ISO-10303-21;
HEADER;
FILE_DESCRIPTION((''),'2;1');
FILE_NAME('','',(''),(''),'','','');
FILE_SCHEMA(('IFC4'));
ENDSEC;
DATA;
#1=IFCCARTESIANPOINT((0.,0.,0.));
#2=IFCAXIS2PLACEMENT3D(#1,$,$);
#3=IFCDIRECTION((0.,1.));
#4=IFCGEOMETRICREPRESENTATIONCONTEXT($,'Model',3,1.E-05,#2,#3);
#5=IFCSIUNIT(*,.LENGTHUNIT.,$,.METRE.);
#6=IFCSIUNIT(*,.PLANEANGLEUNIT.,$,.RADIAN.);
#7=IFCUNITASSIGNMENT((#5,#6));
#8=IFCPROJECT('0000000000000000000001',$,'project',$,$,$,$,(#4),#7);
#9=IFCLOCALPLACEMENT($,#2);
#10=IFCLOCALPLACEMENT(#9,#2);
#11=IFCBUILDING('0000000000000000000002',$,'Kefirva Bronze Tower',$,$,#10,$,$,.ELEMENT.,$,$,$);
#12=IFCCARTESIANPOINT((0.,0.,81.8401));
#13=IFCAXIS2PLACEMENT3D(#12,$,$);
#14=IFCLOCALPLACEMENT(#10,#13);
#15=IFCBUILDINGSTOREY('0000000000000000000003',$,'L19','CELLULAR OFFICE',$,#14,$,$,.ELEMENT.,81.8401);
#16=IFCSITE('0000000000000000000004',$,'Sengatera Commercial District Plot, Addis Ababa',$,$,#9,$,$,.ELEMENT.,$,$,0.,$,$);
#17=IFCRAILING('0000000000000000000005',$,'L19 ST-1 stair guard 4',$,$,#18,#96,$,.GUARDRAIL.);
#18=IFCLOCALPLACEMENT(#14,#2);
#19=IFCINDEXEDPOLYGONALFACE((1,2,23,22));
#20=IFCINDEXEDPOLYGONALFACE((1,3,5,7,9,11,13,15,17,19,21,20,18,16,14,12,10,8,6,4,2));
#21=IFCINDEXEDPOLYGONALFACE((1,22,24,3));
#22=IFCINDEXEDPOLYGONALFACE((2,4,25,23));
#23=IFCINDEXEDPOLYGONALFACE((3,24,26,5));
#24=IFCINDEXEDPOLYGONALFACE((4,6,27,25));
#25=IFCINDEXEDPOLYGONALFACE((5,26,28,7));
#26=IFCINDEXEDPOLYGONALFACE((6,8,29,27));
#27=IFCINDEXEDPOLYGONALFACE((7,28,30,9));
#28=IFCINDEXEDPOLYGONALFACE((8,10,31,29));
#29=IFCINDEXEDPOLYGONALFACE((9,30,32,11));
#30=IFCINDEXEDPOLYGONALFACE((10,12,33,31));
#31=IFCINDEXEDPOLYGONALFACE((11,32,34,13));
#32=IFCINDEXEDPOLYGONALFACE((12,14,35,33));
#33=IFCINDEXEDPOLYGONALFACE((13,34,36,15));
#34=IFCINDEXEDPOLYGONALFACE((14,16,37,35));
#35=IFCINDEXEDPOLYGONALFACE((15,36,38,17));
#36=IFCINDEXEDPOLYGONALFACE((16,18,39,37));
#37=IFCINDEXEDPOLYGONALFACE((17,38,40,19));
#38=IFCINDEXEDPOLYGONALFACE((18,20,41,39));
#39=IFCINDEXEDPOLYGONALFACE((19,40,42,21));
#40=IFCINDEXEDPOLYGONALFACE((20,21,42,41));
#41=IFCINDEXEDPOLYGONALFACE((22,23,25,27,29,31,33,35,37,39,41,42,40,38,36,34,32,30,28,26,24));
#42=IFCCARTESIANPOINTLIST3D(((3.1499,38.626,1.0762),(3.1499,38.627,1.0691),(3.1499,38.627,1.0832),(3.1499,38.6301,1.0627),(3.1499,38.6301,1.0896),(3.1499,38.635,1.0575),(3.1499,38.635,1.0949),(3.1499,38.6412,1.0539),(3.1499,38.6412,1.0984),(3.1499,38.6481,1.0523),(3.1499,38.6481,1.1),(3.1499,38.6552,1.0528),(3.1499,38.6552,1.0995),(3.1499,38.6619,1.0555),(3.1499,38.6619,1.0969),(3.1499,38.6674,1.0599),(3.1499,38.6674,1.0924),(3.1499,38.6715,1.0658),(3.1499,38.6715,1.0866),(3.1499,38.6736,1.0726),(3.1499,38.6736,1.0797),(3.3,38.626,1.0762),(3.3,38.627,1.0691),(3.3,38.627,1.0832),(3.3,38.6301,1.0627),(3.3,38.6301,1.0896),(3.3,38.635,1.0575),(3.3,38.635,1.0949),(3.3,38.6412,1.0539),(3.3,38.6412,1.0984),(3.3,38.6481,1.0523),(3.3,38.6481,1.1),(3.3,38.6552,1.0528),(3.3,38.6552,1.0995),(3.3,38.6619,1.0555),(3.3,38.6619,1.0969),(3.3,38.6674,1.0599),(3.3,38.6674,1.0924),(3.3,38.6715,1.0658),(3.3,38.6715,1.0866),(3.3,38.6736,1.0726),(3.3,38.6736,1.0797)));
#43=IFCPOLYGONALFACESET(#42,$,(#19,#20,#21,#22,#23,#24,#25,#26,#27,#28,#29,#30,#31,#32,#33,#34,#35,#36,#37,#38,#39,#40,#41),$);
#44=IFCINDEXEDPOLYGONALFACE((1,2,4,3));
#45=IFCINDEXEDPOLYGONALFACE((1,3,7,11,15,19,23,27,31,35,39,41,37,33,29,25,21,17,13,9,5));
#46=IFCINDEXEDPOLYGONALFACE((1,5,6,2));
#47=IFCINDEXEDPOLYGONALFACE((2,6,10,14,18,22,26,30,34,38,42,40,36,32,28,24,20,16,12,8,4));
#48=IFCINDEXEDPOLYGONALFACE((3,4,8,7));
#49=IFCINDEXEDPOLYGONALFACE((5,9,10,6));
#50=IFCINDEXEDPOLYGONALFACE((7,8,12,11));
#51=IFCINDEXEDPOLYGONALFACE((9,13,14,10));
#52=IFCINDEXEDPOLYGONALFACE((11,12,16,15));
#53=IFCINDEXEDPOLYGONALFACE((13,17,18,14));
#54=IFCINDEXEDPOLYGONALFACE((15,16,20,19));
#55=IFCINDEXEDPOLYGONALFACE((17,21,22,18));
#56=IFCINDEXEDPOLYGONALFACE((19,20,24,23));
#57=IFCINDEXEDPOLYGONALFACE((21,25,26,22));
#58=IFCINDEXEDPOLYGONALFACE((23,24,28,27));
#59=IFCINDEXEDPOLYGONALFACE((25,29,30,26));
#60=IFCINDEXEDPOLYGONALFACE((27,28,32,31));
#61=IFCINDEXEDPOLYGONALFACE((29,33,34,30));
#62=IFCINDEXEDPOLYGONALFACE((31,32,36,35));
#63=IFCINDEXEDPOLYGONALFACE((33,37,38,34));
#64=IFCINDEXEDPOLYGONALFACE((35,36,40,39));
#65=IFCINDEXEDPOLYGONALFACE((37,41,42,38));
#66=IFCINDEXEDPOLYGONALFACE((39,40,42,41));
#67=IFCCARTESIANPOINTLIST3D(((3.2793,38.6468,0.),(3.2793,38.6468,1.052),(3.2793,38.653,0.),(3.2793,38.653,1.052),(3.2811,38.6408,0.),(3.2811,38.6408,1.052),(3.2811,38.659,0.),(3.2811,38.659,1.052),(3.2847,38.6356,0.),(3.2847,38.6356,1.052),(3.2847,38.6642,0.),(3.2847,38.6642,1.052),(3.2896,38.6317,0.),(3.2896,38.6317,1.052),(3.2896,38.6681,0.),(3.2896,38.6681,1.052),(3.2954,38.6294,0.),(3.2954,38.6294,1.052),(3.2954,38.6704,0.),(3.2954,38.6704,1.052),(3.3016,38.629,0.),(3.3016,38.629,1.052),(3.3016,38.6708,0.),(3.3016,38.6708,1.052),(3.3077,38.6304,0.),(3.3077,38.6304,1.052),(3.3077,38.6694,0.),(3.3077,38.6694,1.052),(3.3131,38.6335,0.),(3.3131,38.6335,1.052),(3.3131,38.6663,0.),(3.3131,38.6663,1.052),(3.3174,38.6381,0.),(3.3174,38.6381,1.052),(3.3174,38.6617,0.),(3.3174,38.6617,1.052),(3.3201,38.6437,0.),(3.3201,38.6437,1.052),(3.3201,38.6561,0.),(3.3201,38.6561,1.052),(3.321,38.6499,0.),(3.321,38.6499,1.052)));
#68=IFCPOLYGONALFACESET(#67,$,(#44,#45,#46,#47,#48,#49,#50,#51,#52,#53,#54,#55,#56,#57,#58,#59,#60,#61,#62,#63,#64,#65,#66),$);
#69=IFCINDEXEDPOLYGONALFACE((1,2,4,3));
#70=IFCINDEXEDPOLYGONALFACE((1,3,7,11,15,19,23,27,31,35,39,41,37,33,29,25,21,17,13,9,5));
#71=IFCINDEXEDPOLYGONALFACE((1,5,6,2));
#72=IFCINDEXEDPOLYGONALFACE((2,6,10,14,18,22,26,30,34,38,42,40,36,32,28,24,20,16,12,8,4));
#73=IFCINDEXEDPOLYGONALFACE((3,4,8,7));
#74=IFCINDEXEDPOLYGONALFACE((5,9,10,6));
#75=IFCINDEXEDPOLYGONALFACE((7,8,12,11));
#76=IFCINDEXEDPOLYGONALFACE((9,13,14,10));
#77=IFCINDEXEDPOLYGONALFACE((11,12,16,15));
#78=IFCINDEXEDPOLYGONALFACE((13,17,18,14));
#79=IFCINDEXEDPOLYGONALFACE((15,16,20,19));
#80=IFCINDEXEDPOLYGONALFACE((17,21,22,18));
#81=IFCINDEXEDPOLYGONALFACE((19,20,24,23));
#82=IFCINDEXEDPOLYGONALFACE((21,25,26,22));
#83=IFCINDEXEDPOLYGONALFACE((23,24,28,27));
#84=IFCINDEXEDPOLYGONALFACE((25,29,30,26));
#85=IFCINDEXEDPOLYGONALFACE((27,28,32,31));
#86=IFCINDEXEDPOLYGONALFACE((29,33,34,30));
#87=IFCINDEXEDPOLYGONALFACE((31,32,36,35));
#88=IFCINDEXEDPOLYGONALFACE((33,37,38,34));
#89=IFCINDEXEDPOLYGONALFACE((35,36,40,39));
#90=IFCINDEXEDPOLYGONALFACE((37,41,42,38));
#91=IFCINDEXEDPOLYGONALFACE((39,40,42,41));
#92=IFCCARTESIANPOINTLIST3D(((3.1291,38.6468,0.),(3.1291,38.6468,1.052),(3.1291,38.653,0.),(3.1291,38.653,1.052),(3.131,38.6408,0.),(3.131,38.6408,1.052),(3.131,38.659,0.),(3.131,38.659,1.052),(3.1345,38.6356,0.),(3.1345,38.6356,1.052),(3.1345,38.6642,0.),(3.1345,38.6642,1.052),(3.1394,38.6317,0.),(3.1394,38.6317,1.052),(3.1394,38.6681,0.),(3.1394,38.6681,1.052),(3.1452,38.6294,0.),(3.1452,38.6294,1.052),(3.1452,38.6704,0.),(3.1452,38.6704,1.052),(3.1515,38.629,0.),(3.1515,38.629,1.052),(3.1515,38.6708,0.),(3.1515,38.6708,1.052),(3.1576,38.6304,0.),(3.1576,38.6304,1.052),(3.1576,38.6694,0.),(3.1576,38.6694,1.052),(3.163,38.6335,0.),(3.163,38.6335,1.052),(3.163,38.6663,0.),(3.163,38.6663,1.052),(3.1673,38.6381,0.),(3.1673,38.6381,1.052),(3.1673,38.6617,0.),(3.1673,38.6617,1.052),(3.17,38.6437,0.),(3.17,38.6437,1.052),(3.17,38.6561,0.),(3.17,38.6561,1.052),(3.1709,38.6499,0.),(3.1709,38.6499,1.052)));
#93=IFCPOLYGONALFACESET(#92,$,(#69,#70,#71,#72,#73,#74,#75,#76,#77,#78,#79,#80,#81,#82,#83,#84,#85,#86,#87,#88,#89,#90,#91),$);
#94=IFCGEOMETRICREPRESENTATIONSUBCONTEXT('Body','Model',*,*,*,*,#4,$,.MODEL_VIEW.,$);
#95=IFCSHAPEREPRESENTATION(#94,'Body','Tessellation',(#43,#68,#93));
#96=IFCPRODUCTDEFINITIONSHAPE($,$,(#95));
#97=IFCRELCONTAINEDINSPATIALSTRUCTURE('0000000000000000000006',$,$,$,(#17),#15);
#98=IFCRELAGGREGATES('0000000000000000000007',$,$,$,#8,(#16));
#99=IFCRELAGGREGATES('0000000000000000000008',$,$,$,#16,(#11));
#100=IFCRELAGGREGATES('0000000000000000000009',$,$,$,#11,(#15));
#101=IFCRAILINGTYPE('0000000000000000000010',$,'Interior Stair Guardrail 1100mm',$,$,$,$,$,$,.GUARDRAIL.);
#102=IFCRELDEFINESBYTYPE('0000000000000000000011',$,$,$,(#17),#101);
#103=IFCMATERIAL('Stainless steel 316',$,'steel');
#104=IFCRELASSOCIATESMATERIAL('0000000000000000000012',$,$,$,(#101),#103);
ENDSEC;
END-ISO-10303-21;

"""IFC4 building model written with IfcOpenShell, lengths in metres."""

from ifc_helpers import new_model, si_unit, direction, frame, origin, origin_2d, place, context, subcontext, project, spatial, circle, extrude, material, type_object, element, save


model = new_model("IFC4")

# Units and contexts
model_context = context("Model", 3, precision=1e-05, world=origin(), true_north=direction((0.0, 1.0)))
body_context = subcontext(model_context, "Body", "Model", "MODEL_VIEW")
ifc_project = project(units=[si_unit("LENGTHUNIT", "METRE"), si_unit("PLANEANGLEUNIT", "RADIAN")], contexts=[model_context])

# Site, building, storey
site_placement = place(None, origin())
site = spatial("IfcSite", under=ifc_project, at=site_placement, Name="Sengatera Commercial District Plot, Addis Ababa", CompositionType="ELEMENT", RefElevation=0.0)
building_placement = place(site_placement, origin())
building = spatial("IfcBuilding", under=site, at=building_placement, Name="Kefirva Bronze Tower", CompositionType="ELEMENT")
storey_placement = place(building_placement, frame((0.0, 0.0, 81.8401)))
storey = spatial("IfcBuildingStorey", under=building, at=storey_placement, Name="L19", Description="CELLULAR OFFICE", CompositionType="ELEMENT", Elevation=81.8401)

# Railing
ifc_material_1 = material(Name="Stainless steel 316", Category="steel")
railing_type_1 = type_object("IfcRailingType", Name="Interior Stair Guardrail 1100mm", PredefinedType="GUARDRAIL", material=ifc_material_1)
railing_1_placement = place(storey_placement, frame((3.3, 38.6499, 0.0)))
element("IfcRailing", 1, at=railing_1_placement, inside=storey, type_object=railing_type_1, Name="L19 ST-1 stair guard 4", PredefinedType="GUARDRAIL", context=body_context, shape_type="SweptSolid", body=[
    extrude(circle(Radius=0.0239, at=origin_2d()), frame((0.0, 0.0, 1.0762), z_axis=(-1.0, 0.0, 0.0), x_axis=(0.0, -1.0, 0.0)), (0.0, 0.0, 1.0), 0.1501),
    extrude(circle(Radius=0.021, at=origin_2d()), origin(), (0.0, 0.0, 1.0), 1.052),
    extrude(circle(Radius=0.021, at=origin_2d()), frame((-0.1501, 0.0, 0.0)), (0.0, 0.0, 1.0), 1.052),
])

save(model, "model.ifc")
